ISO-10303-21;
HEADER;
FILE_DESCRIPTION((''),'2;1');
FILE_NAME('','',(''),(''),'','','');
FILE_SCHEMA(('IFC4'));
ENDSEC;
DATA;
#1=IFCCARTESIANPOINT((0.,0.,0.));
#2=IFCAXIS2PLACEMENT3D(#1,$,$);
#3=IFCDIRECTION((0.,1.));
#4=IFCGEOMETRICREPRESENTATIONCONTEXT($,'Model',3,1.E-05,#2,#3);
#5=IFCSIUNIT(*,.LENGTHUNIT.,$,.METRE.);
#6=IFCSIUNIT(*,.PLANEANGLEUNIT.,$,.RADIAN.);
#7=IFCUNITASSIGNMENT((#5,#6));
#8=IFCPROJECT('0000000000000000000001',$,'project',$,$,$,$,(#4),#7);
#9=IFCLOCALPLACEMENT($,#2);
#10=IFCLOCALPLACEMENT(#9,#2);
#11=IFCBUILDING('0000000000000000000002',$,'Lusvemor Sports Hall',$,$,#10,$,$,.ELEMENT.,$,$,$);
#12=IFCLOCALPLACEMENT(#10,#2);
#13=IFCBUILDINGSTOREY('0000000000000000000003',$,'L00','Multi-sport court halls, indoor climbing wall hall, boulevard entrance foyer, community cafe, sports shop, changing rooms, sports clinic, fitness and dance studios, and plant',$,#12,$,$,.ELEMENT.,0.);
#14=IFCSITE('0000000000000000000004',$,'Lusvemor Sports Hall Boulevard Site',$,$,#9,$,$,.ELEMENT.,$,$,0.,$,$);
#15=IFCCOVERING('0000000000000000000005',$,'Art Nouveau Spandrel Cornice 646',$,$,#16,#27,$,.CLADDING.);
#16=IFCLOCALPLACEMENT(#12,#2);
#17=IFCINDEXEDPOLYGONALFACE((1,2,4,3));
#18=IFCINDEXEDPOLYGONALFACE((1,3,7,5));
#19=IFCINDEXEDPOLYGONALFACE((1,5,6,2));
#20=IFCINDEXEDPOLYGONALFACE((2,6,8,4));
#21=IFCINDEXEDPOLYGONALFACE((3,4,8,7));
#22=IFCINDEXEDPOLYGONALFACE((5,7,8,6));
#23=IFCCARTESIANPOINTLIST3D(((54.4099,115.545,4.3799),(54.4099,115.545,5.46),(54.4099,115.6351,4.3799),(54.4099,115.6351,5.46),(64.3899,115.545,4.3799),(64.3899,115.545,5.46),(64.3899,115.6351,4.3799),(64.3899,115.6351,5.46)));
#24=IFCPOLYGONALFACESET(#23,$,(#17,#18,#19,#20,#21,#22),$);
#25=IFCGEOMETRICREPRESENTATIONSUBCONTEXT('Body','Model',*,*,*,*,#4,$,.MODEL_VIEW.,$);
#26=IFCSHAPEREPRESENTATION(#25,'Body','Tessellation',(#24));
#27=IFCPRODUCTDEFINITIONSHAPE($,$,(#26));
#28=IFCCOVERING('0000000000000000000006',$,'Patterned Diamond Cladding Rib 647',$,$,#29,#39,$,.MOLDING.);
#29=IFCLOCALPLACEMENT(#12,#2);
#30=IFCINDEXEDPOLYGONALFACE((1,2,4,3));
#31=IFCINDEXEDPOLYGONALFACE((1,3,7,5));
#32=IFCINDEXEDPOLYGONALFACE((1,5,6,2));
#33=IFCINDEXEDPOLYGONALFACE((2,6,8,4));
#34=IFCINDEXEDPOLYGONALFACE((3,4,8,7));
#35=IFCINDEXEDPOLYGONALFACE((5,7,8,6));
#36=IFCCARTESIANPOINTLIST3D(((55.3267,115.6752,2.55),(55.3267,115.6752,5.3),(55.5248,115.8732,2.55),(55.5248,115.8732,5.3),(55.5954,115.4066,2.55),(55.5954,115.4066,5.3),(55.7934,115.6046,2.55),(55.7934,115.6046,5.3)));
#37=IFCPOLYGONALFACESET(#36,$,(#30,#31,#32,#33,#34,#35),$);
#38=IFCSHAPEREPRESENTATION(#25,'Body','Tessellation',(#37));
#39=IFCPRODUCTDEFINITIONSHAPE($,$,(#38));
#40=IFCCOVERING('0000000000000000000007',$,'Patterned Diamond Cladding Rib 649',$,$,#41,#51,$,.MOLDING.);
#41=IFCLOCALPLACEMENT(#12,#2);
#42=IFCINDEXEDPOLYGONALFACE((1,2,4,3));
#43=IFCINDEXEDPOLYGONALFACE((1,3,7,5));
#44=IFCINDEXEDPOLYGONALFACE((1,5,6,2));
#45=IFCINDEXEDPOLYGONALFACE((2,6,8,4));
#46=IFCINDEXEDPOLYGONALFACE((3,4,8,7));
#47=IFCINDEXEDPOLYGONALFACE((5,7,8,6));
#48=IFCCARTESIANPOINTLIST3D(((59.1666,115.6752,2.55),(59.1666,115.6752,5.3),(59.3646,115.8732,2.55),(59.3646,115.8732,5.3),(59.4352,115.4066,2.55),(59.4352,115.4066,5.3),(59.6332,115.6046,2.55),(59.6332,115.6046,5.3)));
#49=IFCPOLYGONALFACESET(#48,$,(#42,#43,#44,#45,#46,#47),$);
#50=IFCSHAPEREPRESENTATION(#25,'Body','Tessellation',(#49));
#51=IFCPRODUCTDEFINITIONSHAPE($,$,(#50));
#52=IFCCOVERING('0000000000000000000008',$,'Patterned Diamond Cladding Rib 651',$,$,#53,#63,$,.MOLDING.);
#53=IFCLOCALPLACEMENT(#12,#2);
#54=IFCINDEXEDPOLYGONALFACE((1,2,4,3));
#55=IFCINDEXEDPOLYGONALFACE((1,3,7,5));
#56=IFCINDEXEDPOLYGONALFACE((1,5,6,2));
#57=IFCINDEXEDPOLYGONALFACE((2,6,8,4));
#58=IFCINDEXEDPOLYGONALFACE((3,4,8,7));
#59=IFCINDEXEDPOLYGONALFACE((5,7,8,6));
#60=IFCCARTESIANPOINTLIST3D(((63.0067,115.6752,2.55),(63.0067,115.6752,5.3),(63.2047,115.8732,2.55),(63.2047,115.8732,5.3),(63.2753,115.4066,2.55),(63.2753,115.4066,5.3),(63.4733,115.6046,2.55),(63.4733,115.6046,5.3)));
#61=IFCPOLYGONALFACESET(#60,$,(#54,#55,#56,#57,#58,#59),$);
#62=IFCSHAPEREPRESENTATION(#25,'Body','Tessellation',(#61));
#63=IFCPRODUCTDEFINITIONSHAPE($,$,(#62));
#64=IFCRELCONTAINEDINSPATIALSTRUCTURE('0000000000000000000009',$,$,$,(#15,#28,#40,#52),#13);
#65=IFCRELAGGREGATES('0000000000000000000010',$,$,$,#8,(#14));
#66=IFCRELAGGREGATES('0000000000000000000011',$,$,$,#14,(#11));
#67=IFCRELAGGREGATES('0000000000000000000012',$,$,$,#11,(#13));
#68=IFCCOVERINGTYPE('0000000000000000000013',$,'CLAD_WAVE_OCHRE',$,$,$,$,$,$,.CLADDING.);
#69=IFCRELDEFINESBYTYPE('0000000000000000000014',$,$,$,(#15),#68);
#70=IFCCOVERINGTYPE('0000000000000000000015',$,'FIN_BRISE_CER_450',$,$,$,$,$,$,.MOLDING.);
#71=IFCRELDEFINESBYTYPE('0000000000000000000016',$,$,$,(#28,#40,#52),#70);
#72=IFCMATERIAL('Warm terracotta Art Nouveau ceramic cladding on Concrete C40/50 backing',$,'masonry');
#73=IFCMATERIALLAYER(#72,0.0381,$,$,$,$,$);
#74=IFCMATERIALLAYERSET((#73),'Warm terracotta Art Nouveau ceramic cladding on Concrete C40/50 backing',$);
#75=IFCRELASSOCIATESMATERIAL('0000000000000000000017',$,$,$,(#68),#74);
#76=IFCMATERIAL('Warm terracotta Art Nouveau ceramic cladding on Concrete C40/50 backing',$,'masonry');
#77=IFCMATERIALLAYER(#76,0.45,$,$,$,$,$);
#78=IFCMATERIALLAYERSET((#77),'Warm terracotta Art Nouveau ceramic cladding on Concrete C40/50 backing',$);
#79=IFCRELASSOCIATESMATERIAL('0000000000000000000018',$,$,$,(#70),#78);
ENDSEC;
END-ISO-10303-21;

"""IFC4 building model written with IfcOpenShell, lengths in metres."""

from ifc_helpers import new_model, si_unit, direction, frame, origin, origin_2d, place, context, subcontext, project, spatial, rectangle, extrude, material, layer, layer_set, type_object, element, save


model = new_model("IFC4")

# Units and contexts
model_context = context("Model", 3, precision=1e-05, world=origin(), true_north=direction((0.0, 1.0)))
body_context = subcontext(model_context, "Body", "Model", "MODEL_VIEW")
ifc_project = project(units=[si_unit("LENGTHUNIT", "METRE"), si_unit("PLANEANGLEUNIT", "RADIAN")], contexts=[model_context])

# Site, building, storey
site_placement = place(None, origin())
site = spatial("IfcSite", under=ifc_project, at=site_placement, Name="Lusvemor Sports Hall Boulevard Site", CompositionType="ELEMENT", RefElevation=0.0)
building_placement = place(site_placement, origin())
building = spatial("IfcBuilding", under=site, at=building_placement, Name="Lusvemor Sports Hall", CompositionType="ELEMENT")
storey_placement = place(building_placement, origin())
storey = spatial("IfcBuildingStorey", under=building, at=storey_placement, Name="L00", Description="Multi-sport court halls, indoor climbing wall hall, boulevard entrance foyer, community cafe, sports shop, changing rooms, sports clinic, fitness and dance studios, and plant", CompositionType="ELEMENT", Elevation=0.0)

# Coverings
ifc_material_1 = material(Name="Warm terracotta Art Nouveau ceramic cladding on Concrete C40/50 backing", Category="masonry")
ifc_layer_1 = layer(ifc_material_1, 0.0381)
ifc_layer_set_1 = layer_set([ifc_layer_1], Name="Warm terracotta Art Nouveau ceramic cladding on Concrete C40/50 backing")
covering_type_1 = type_object("IfcCoveringType", Name="CLAD_WAVE_OCHRE", PredefinedType="CLADDING", material=ifc_layer_set_1)
covering_placement = place(storey_placement, frame((59.3999, 115.5901, 4.3799), z_axis=(0.0, 0.0, 1.0), x_axis=(1.0, 0.0, 0.0)))
element("IfcCovering", 1, at=covering_placement, inside=storey, type_object=covering_type_1, Name="Art Nouveau Spandrel Cornice 646", PredefinedType="CLADDING", context=body_context, shape_type="SweptSolid", body=[
    extrude(rectangle(XDim=9.98, YDim=0.0901, at=origin_2d()), origin(), (0.0, 0.0, 1.0), 1.0801),
])
ifc_material_2 = material(Name="Warm terracotta Art Nouveau ceramic cladding on Concrete C40/50 backing", Category="masonry")
ifc_layer_2 = layer(ifc_material_2, 0.45)
ifc_layer_set_2 = layer_set([ifc_layer_2], Name="Warm terracotta Art Nouveau ceramic cladding on Concrete C40/50 backing")
covering_type_2 = type_object("IfcCoveringType", Name="FIN_BRISE_CER_450", PredefinedType="MOLDING", material=ifc_layer_set_2)
for number, where, z_axis, x_axis, name in (
    (2, (55.5601, 115.6399, 2.55), (0.0, 0.0, 1.0), (0.707107, 0.707107, 0.0), "Patterned Diamond Cladding Rib 647"),
    (3, (59.3999, 115.6399, 2.55), (0.0, 0.0, 1.0), (0.707107, 0.707107, 0.0), "Patterned Diamond Cladding Rib 649"),
    (4, (63.24, 115.6399, 2.55), (0.0, 0.0, 1.0), (0.707107, 0.707107, 0.0), "Patterned Diamond Cladding Rib 651"),
):
    element("IfcCovering", number, at=place(storey_placement, frame(where, z_axis=z_axis, x_axis=x_axis)), inside=storey, type_object=covering_type_2, Name=name, PredefinedType="MOLDING", context=body_context, shape_type="SweptSolid", body=[
        extrude(rectangle(XDim=0.28, YDim=0.3799, at=origin_2d()), origin(), (0.0, 0.0, 1.0), 2.75),
    ])

save(model, "model.ifc")
